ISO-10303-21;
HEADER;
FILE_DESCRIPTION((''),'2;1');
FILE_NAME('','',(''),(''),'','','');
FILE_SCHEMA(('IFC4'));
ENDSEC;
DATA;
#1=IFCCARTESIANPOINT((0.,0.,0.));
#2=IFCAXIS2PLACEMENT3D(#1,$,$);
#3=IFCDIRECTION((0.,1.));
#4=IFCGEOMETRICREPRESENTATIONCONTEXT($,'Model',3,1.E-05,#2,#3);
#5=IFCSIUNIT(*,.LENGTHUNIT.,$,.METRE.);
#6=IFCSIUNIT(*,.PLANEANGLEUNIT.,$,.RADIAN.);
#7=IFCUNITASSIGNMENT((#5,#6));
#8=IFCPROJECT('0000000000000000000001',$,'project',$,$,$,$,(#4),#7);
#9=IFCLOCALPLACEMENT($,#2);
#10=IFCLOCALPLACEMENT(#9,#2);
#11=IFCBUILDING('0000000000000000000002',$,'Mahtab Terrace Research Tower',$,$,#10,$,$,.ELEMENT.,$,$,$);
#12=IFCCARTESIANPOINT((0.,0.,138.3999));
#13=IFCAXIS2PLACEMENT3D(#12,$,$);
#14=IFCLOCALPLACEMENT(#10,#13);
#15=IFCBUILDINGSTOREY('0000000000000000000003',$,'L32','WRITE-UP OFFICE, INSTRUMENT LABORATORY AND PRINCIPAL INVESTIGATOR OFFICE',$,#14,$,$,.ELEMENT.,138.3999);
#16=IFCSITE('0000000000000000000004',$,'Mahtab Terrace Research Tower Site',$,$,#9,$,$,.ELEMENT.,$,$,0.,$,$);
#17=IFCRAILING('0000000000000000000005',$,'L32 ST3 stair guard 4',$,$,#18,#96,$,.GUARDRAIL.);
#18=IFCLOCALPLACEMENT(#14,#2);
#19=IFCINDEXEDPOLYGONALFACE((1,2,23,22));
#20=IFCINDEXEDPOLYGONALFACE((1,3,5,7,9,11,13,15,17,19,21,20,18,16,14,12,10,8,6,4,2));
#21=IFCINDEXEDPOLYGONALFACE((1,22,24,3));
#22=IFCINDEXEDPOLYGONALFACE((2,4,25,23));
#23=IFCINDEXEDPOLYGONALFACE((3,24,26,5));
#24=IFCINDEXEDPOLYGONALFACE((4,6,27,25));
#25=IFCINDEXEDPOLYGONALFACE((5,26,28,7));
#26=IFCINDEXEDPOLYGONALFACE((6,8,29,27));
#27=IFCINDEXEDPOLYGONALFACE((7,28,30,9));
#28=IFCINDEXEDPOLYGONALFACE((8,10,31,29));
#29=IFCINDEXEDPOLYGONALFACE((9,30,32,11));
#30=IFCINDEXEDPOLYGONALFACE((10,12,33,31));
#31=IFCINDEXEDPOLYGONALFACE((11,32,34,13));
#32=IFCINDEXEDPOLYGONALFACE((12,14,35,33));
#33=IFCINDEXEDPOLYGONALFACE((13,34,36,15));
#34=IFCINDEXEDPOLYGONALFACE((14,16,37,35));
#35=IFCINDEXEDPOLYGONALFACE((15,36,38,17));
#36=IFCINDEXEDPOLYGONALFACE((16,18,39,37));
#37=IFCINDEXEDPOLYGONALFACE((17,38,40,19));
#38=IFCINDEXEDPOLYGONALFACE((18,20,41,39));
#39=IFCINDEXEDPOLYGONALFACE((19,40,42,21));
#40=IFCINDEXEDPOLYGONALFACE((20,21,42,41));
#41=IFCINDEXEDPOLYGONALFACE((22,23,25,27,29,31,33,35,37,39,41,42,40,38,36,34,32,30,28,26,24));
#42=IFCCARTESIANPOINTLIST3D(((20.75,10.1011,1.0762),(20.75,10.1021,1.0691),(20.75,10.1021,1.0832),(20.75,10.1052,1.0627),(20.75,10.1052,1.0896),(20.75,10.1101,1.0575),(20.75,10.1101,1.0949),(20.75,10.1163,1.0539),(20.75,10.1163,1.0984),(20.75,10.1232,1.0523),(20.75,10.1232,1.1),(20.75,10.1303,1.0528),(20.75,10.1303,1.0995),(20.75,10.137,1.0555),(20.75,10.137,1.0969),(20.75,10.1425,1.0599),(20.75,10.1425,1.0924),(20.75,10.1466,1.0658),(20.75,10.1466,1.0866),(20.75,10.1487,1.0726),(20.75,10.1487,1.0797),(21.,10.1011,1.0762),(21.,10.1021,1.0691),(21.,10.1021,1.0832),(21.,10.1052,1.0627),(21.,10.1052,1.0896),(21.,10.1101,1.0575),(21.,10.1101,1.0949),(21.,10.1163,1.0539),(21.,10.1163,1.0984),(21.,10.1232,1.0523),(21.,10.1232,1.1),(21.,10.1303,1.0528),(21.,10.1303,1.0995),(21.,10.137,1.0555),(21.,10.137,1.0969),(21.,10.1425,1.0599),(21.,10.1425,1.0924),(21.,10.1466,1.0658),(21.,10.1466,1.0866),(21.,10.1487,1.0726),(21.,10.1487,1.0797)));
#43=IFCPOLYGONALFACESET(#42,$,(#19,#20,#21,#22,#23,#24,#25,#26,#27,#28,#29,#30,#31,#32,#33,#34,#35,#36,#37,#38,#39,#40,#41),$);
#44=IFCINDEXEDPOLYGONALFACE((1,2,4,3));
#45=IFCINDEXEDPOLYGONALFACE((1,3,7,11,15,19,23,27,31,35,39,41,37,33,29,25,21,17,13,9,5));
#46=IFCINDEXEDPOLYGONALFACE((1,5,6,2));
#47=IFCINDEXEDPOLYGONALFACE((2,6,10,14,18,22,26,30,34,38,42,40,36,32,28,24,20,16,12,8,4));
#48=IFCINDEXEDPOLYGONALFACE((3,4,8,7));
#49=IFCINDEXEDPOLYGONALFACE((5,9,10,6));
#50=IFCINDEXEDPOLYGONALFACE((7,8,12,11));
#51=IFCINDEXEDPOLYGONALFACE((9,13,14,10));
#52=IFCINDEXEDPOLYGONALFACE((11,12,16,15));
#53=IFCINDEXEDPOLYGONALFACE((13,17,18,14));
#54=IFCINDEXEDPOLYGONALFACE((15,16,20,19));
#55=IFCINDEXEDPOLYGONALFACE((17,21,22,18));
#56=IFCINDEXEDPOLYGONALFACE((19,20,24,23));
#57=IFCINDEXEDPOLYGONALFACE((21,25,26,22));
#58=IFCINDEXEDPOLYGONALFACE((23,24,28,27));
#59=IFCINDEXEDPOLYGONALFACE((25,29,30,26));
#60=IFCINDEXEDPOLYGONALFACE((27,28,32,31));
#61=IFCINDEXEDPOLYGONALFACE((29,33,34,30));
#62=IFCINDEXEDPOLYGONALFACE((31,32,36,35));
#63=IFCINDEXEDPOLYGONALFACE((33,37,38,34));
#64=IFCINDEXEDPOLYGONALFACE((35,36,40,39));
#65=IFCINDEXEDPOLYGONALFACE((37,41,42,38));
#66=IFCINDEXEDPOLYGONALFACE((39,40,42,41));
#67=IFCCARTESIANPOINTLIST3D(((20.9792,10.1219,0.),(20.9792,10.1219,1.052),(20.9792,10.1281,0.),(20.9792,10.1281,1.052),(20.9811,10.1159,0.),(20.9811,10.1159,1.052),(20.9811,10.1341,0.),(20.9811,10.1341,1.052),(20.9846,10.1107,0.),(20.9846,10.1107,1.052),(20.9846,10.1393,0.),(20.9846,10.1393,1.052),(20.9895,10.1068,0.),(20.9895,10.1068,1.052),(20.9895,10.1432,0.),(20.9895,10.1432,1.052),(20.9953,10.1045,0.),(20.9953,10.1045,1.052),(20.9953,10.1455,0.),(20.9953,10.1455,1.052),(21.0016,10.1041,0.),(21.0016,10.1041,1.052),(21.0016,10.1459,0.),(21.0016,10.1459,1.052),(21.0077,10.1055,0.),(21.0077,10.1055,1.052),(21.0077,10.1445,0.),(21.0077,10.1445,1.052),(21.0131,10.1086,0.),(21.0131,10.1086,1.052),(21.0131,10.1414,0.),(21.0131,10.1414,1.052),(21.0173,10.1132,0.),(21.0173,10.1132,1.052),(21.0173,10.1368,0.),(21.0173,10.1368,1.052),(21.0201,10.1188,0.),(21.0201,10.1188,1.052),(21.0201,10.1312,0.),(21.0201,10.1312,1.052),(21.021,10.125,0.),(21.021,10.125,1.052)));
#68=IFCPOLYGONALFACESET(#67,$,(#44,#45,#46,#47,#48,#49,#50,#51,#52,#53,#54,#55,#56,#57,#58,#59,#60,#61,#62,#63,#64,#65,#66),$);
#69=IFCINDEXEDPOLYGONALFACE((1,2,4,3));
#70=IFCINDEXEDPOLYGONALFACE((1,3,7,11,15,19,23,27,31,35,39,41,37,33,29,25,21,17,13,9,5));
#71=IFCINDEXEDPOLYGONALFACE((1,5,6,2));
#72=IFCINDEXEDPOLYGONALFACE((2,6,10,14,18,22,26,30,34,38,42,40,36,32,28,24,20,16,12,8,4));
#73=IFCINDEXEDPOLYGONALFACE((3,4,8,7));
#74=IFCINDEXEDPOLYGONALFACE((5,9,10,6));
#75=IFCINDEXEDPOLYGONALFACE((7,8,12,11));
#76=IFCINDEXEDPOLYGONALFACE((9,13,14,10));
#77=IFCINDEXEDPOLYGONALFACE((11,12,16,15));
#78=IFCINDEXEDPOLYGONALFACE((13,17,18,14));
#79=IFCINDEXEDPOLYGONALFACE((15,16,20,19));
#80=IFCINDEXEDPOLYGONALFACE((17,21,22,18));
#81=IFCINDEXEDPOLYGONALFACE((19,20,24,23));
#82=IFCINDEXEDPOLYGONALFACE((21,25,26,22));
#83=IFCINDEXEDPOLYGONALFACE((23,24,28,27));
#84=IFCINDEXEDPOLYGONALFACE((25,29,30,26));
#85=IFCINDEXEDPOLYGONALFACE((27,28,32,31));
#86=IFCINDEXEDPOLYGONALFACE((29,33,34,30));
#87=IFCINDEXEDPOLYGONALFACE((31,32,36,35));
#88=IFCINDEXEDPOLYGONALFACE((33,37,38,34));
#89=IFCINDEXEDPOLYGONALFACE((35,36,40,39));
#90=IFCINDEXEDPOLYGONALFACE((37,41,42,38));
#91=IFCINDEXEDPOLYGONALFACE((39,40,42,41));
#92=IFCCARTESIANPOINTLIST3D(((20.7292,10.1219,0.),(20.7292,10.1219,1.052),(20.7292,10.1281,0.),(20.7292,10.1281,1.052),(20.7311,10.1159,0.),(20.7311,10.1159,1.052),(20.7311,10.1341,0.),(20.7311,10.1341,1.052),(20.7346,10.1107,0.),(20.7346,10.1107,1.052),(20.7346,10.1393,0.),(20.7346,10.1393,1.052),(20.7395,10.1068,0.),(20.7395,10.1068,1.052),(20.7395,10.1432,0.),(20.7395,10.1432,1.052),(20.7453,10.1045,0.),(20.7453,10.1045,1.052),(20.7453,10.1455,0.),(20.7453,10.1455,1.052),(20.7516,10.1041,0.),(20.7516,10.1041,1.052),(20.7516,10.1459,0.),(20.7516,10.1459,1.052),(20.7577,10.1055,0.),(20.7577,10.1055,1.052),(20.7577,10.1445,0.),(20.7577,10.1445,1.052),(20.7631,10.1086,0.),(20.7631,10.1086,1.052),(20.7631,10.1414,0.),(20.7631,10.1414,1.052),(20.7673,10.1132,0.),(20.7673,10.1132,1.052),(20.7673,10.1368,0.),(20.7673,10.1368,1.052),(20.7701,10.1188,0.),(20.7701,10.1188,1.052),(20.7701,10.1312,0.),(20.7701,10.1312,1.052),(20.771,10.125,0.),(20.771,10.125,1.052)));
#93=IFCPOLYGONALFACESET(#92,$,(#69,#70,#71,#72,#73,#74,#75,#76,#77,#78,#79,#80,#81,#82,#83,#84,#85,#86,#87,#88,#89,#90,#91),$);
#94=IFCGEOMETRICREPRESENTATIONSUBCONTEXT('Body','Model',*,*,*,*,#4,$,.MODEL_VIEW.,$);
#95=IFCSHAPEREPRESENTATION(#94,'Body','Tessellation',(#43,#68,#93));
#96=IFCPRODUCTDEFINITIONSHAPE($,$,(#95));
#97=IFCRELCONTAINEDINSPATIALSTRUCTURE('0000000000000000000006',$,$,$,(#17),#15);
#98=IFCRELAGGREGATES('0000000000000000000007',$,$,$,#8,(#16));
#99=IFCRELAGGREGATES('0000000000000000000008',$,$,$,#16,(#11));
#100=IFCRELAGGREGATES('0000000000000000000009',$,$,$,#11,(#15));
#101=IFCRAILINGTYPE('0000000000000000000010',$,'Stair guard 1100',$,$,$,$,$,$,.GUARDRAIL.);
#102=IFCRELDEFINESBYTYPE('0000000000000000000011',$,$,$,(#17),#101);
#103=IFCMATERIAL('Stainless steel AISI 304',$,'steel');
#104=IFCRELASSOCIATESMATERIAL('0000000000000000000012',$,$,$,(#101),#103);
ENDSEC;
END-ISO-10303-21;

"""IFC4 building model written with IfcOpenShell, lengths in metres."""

from ifc_helpers import new_model, si_unit, direction, frame, origin, origin_2d, place, context, subcontext, project, spatial, circle, extrude, material, type_object, element, save


model = new_model("IFC4")

# Units and contexts
model_context = context("Model", 3, precision=1e-05, world=origin(), true_north=direction((0.0, 1.0)))
body_context = subcontext(model_context, "Body", "Model", "MODEL_VIEW")
ifc_project = project(units=[si_unit("LENGTHUNIT", "METRE"), si_unit("PLANEANGLEUNIT", "RADIAN")], contexts=[model_context])

# Site, building, storey
site_placement = place(None, origin())
site = spatial("IfcSite", under=ifc_project, at=site_placement, Name="Mahtab Terrace Research Tower Site", CompositionType="ELEMENT", RefElevation=0.0)
building_placement = place(site_placement, origin())
building = spatial("IfcBuilding", under=site, at=building_placement, Name="Mahtab Terrace Research Tower", CompositionType="ELEMENT")
storey_placement = place(building_placement, frame((0.0, 0.0, 138.3999)))
storey = spatial("IfcBuildingStorey", under=building, at=storey_placement, Name="L32", Description="WRITE-UP OFFICE, INSTRUMENT LABORATORY AND PRINCIPAL INVESTIGATOR OFFICE", CompositionType="ELEMENT", Elevation=138.3999)

# Shared definitions
ifc_material_1 = material(Name="Stainless steel AISI 304", Category="steel")

# Railing
railing_type_1 = type_object("IfcRailingType", Name="Stair guard 1100", PredefinedType="GUARDRAIL", material=ifc_material_1)
railing_1_placement = place(storey_placement, frame((21.0, 10.125, 0.0)))
element("IfcRailing", 1, at=railing_1_placement, inside=storey, type_object=railing_type_1, Name="L32 ST3 stair guard 4", PredefinedType="GUARDRAIL", context=body_context, shape_type="SweptSolid", body=[
    extrude(circle(Radius=0.0239, at=origin_2d()), frame((0.0, 0.0, 1.0762), z_axis=(-1.0, 0.0, 0.0), x_axis=(0.0, -1.0, 0.0)), (0.0, 0.0, 1.0), 0.25),
    extrude(circle(Radius=0.021, at=origin_2d()), origin(), (0.0, 0.0, 1.0), 1.052),
    extrude(circle(Radius=0.021, at=origin_2d()), frame((-0.25, 0.0, 0.0)), (0.0, 0.0, 1.0), 1.052),
])

save(model, "model.ifc")
